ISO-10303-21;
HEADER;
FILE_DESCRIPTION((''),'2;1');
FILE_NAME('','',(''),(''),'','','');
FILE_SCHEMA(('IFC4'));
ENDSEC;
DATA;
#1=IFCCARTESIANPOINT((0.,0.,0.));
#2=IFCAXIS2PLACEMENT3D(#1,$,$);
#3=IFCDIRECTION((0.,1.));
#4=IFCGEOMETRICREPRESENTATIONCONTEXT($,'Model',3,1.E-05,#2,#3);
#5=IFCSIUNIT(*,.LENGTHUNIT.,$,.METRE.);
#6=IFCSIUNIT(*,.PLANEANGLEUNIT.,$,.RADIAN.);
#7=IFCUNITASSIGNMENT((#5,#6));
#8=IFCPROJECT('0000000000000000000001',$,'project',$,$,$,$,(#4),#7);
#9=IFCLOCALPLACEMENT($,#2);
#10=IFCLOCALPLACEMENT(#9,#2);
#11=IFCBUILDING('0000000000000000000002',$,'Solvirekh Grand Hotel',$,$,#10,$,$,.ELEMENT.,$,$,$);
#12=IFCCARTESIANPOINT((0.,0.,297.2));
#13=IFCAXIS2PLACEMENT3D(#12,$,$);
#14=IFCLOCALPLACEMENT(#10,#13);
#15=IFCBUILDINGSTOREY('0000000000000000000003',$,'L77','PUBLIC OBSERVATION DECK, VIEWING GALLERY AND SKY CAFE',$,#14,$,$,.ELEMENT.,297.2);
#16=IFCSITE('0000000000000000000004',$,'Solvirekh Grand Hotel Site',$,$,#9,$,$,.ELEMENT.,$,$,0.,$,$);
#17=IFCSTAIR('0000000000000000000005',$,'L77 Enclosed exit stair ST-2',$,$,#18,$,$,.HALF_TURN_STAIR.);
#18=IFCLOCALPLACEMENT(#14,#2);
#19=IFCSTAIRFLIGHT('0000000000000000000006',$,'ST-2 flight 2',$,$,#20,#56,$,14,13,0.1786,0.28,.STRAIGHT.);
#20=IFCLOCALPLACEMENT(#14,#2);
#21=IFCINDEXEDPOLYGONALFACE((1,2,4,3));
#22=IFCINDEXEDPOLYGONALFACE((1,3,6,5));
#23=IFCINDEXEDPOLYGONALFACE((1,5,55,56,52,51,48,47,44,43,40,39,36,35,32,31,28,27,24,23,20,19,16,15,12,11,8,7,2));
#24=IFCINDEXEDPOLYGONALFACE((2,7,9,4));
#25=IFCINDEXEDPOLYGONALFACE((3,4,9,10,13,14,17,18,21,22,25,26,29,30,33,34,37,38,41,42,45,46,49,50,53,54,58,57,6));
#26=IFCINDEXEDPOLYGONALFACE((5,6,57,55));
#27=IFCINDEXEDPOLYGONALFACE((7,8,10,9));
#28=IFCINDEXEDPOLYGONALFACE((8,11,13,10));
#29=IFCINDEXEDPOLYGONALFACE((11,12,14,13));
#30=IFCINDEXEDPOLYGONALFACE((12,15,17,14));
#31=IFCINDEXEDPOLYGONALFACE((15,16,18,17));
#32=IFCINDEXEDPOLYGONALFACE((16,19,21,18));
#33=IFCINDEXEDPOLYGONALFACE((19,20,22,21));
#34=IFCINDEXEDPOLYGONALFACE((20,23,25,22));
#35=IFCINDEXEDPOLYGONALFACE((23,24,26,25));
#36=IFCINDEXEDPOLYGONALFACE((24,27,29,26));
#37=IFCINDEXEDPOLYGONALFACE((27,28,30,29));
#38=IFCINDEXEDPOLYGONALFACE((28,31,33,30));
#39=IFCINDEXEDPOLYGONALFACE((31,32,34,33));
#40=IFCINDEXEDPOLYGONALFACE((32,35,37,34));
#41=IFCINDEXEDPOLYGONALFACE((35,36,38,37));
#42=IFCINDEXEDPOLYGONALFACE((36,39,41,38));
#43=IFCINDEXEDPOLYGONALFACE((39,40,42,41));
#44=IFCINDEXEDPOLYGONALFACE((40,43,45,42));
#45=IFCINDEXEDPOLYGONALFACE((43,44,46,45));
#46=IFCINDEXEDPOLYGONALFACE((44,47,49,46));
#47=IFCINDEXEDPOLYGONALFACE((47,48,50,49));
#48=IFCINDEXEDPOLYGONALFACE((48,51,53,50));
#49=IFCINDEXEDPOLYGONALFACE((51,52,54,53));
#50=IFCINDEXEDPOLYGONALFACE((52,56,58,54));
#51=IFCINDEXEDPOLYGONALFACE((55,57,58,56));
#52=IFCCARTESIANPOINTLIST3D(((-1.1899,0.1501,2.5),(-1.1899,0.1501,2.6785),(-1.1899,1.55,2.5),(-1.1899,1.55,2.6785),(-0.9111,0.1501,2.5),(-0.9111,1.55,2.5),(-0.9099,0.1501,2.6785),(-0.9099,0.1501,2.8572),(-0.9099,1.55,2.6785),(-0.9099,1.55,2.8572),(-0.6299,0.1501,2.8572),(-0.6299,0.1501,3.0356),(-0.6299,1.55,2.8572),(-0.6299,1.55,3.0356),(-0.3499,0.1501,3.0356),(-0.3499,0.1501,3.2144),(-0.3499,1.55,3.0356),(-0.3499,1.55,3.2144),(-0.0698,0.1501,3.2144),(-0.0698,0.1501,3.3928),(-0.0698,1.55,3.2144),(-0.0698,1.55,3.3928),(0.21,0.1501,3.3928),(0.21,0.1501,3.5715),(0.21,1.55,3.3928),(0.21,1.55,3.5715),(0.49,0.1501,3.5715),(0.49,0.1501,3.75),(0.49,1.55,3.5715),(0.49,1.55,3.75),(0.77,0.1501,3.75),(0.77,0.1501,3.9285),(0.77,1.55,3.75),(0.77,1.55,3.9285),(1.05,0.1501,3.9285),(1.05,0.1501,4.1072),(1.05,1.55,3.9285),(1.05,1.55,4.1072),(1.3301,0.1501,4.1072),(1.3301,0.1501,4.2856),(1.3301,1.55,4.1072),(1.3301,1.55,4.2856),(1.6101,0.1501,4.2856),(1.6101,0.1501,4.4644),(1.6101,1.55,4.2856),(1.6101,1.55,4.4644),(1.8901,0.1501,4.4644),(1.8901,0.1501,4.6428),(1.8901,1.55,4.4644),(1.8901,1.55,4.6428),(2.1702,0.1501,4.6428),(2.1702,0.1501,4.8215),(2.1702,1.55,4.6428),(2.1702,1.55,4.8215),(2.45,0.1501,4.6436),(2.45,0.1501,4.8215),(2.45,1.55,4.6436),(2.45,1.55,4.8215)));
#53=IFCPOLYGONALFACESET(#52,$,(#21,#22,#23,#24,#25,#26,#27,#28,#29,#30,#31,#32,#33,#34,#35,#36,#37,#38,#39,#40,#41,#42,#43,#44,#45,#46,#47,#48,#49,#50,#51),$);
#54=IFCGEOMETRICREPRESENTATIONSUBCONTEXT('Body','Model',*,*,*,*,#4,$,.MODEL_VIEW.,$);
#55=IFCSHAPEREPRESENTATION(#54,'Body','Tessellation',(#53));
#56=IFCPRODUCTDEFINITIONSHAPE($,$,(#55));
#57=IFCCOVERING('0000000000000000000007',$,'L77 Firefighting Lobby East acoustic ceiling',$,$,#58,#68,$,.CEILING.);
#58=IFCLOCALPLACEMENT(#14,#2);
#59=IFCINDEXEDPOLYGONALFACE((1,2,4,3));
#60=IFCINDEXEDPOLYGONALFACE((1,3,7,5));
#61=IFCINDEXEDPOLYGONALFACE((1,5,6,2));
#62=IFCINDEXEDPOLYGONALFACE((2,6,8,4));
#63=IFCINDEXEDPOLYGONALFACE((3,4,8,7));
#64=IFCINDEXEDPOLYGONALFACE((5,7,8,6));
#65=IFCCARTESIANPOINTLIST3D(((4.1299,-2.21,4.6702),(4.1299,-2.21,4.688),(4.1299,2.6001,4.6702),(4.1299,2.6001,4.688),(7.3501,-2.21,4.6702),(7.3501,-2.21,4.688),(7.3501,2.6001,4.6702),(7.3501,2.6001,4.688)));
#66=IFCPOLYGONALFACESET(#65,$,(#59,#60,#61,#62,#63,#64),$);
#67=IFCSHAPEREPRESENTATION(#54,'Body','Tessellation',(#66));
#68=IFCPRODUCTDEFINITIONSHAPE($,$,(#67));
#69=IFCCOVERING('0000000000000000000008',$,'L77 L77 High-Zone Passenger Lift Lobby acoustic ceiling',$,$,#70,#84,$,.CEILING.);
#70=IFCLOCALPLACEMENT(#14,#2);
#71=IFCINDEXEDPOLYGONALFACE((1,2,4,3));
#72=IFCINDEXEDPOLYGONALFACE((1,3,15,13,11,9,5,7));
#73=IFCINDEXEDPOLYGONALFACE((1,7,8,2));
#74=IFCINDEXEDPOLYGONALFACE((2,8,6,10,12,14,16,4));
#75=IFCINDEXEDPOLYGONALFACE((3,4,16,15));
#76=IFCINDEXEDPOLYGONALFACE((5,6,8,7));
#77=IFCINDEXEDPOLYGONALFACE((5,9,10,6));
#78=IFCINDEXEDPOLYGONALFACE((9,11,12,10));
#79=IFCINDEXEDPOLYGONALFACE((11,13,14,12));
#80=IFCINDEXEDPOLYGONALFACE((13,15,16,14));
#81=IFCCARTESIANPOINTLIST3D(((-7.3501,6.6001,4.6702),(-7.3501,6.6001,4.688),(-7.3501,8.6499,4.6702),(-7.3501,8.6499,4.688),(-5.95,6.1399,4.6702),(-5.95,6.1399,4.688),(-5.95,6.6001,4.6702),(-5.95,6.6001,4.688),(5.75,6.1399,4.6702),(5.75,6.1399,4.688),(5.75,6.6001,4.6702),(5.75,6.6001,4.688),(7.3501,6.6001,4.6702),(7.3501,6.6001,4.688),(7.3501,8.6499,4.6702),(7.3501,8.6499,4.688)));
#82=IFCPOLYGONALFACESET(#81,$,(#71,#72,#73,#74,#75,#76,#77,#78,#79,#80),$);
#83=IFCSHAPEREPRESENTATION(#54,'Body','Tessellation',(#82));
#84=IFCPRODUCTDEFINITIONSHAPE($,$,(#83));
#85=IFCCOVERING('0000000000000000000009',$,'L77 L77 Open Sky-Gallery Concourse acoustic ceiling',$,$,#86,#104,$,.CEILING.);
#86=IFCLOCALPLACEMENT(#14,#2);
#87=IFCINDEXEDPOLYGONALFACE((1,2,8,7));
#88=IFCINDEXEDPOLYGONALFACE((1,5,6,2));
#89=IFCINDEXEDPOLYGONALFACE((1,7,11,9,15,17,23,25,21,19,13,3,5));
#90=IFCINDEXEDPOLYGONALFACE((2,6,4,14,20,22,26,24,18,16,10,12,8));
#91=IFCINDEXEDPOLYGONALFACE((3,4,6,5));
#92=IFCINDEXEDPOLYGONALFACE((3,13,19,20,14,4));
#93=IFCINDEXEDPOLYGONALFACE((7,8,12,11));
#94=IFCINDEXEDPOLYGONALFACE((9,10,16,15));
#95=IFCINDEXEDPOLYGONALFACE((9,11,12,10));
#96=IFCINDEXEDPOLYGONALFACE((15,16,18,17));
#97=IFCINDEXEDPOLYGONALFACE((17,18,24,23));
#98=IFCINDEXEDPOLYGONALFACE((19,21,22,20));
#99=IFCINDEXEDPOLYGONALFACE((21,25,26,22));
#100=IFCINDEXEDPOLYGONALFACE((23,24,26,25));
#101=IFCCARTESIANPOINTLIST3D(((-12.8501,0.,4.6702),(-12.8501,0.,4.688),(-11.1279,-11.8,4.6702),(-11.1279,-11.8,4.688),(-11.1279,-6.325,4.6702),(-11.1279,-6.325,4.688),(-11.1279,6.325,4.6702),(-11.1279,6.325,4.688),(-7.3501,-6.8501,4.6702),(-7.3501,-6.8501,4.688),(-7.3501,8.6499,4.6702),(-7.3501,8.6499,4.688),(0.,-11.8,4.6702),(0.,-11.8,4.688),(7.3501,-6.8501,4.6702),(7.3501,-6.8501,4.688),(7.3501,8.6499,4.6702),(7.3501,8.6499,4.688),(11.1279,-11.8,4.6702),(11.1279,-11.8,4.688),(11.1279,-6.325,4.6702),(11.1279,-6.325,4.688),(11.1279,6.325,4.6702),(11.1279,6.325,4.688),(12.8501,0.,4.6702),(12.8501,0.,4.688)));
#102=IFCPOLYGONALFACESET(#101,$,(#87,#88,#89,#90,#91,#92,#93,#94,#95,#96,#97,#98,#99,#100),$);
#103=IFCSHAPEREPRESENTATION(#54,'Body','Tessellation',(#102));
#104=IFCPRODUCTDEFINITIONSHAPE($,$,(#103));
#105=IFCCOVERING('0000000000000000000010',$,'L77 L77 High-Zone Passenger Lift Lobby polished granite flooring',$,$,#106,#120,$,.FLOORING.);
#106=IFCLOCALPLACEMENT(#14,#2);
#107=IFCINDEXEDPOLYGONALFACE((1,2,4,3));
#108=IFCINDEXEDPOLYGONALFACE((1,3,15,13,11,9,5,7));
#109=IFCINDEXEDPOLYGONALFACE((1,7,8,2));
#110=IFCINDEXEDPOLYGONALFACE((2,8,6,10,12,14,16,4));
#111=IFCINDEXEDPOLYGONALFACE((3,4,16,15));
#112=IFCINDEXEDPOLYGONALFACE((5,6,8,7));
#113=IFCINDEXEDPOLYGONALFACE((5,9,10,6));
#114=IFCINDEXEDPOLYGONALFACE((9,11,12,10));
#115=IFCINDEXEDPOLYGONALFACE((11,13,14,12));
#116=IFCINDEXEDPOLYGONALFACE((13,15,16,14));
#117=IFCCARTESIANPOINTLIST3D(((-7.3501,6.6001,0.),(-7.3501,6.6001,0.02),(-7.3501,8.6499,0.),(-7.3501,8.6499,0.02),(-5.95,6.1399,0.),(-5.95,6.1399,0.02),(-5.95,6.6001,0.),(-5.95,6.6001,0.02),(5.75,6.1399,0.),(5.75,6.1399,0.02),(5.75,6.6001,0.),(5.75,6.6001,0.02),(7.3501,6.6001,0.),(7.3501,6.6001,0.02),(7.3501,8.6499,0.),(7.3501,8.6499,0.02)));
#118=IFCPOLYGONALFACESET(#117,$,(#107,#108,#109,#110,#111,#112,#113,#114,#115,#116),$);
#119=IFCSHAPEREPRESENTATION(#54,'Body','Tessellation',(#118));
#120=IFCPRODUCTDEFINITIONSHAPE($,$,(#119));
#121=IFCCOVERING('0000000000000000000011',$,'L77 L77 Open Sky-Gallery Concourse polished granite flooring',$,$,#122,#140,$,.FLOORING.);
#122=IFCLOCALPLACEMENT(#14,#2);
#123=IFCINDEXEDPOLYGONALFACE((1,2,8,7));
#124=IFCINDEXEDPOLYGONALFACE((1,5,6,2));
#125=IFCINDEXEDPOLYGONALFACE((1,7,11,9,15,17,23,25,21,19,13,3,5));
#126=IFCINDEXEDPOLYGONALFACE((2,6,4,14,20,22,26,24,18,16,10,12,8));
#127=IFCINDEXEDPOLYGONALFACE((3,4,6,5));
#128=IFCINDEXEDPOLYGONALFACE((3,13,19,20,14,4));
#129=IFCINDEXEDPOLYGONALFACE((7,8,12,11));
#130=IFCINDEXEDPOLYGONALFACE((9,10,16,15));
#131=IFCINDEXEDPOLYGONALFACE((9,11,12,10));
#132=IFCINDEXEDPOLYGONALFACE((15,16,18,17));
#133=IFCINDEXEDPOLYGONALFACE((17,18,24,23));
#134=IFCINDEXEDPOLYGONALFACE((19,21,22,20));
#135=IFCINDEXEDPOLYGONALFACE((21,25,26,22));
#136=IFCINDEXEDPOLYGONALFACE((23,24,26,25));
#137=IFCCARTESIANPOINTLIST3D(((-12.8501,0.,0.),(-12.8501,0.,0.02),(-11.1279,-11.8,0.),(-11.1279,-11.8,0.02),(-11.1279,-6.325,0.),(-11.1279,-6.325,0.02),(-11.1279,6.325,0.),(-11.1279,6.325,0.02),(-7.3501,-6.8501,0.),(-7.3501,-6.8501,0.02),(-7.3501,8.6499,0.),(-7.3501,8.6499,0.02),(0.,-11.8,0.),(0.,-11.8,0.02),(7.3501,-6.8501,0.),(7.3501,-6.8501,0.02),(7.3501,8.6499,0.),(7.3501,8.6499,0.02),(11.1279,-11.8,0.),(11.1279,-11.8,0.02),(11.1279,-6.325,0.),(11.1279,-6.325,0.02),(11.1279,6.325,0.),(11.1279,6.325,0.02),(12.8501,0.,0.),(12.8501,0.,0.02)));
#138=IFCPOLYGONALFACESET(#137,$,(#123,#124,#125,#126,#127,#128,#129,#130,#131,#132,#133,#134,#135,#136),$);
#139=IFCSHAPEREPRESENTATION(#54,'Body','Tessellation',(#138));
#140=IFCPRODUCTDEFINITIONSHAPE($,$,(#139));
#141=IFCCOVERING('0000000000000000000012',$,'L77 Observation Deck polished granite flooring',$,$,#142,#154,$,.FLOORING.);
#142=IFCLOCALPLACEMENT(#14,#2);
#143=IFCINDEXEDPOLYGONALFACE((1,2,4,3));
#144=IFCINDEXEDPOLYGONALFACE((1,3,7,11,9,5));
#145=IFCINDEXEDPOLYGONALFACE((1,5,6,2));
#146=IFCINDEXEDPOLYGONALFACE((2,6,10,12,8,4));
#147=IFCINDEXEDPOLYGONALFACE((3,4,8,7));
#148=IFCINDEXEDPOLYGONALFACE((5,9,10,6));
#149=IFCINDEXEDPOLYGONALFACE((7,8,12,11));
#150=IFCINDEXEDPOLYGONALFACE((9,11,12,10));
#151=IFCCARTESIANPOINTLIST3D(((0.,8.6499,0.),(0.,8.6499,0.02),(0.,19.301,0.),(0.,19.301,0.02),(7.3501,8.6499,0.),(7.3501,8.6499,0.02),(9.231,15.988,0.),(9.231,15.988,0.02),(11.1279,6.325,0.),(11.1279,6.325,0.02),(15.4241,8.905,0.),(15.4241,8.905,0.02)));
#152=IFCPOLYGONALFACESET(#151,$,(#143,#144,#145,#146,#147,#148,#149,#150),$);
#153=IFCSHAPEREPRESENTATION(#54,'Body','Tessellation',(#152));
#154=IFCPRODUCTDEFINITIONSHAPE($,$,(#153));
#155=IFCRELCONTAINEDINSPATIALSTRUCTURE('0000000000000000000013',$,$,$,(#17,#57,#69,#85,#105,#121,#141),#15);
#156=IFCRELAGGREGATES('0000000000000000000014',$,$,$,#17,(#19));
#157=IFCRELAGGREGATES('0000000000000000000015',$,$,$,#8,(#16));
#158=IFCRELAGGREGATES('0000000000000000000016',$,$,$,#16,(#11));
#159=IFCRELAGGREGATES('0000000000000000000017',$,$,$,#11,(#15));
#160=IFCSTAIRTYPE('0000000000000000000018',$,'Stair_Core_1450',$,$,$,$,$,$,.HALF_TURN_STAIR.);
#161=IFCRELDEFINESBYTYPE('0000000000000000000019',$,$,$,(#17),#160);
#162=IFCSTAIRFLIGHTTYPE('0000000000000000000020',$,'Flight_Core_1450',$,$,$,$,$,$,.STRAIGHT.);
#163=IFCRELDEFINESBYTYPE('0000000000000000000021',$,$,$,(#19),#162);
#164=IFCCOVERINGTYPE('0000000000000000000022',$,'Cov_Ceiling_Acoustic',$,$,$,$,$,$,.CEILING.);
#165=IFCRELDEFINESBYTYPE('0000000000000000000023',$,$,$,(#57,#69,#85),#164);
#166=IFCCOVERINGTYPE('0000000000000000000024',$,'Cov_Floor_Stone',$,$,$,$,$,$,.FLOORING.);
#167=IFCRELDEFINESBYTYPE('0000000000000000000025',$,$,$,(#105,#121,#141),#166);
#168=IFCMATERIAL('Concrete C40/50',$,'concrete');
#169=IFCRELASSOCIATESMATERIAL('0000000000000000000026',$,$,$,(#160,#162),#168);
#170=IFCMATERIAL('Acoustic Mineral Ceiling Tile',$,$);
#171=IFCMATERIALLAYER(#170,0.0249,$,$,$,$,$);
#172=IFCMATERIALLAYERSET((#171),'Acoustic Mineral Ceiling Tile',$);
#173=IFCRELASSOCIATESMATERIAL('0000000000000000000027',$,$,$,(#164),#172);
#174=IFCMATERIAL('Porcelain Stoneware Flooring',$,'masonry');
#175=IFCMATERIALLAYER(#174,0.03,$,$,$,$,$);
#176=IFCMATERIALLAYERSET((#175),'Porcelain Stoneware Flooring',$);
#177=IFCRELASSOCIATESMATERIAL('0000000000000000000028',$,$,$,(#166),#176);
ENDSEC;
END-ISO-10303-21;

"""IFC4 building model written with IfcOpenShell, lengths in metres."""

from ifc_helpers import new_model, si_unit, direction, frame, origin, place, context, subcontext, project, spatial, polyline, outline, extrude, material, layer, layer_set, type_object, element, aggregate, save


model = new_model("IFC4")

# Units and contexts
model_context = context("Model", 3, precision=1e-05, world=origin(), true_north=direction((0.0, 1.0)))
body_context = subcontext(model_context, "Body", "Model", "MODEL_VIEW")
ifc_project = project(units=[si_unit("LENGTHUNIT", "METRE"), si_unit("PLANEANGLEUNIT", "RADIAN")], contexts=[model_context])

# Site, building, storey
site_placement = place(None, origin())
site = spatial("IfcSite", under=ifc_project, at=site_placement, Name="Solvirekh Grand Hotel Site", CompositionType="ELEMENT", RefElevation=0.0)
building_placement = place(site_placement, origin())
building = spatial("IfcBuilding", under=site, at=building_placement, Name="Solvirekh Grand Hotel", CompositionType="ELEMENT")
storey_placement = place(building_placement, frame((0.0, 0.0, 297.2)))
storey = spatial("IfcBuildingStorey", under=building, at=storey_placement, Name="L77", Description="PUBLIC OBSERVATION DECK, VIEWING GALLERY AND SKY CAFE", CompositionType="ELEMENT", Elevation=297.2)

# Shared definitions
ifc_material_1 = material(Name="Concrete C40/50", Category="concrete")

# Stair, stair flight
stair_type = type_object("IfcStairType", Name="Stair_Core_1450", PredefinedType="HALF_TURN_STAIR", material=ifc_material_1)
stair_placement = place(storey_placement, origin())
stair = element("IfcStair", 1, at=stair_placement, inside=storey, type_object=stair_type, Name="L77 Enclosed exit stair ST-2", PredefinedType="HALF_TURN_STAIR")
stair_flight_type = type_object("IfcStairFlightType", Name="Flight_Core_1450", PredefinedType="STRAIGHT", material=ifc_material_1)
stair_flight_placement = place(storey_placement, frame((-1.1899, 0.8501, 2.5), z_axis=(0.0, 0.0, 1.0), x_axis=(1.0, 0.0, 0.0)))
stair_flight = element("IfcStairFlight", 2, at=stair_flight_placement, type_object=stair_flight_type, Name="ST-2 flight 2", NumberOfRisers=14, NumberOfTreads=13, PredefinedType="STRAIGHT", RiserHeight=0.1786, TreadLength=0.28, context=body_context, shape_type="SweptSolid", body=[
    extrude(outline(polyline([(0.0, 0.0), (0.0, 0.1785), (0.28, 0.1785), (0.28, 0.3572), (0.5601, 0.3572), (0.5601, 0.5356), (0.8401, 0.5356), (0.8401, 0.7144), (1.1201, 0.7144), (1.1201, 0.8928), (1.3999, 0.8928), (1.3999, 1.0715), (1.6799, 1.0715), (1.6799, 1.25), (1.96, 1.25), (1.96, 1.4285), (2.24, 1.4285), (2.24, 1.6072), (2.52, 1.6072), (2.52, 1.7856), (2.8, 1.7856), (2.8, 1.9644), (3.0801, 1.9644), (3.0801, 2.1428), (3.3601, 2.1428), (3.3601, 2.3215), (3.6399, 2.3215), (3.6399, 2.5), (3.6399, 2.1436), (0.2788, 0.0), (0.0, 0.0)])), frame((0.0, 0.7, 0.0), z_axis=(0.0, -1.0, 0.0), x_axis=(1.0, 0.0, 0.0)), (0.0, 0.0, 1.0), 1.3999),
])
aggregate(stair, [stair_flight])

# Coverings
ifc_material_2 = material(Name="Acoustic Mineral Ceiling Tile")
ifc_layer_1 = layer(ifc_material_2, 0.0249)
ifc_layer_set_1 = layer_set([ifc_layer_1], Name="Acoustic Mineral Ceiling Tile")
covering_type_1 = type_object("IfcCoveringType", Name="Cov_Ceiling_Acoustic", PredefinedType="CEILING", material=ifc_layer_set_1)
covering_1_placement = place(storey_placement, frame((0.0, 0.0, 4.6702)))
element("IfcCovering", 3, at=covering_1_placement, inside=storey, type_object=covering_type_1, Name="L77 Firefighting Lobby East acoustic ceiling", PredefinedType="CEILING", context=body_context, shape_type="SweptSolid", body=[
    extrude(outline(polyline([(4.1299, -2.21), (7.3501, -2.21), (7.3501, 2.6001), (4.1299, 2.6001), (4.1299, -2.21)])), origin(), (0.0, 0.0, 1.0), 0.0178),
])
covering_2_placement = place(storey_placement, frame((0.0, 0.0, 4.6702)))
element("IfcCovering", 4, at=covering_2_placement, inside=storey, type_object=covering_type_1, Name="L77 L77 High-Zone Passenger Lift Lobby acoustic ceiling", PredefinedType="CEILING", context=body_context, shape_type="SweptSolid", body=[
    extrude(outline(polyline([(-7.3501, 6.6001), (-5.95, 6.6001), (-5.95, 6.1399), (5.75, 6.1399), (5.75, 6.6001), (7.3501, 6.6001), (7.3501, 8.6499), (-7.3501, 8.6499), (-7.3501, 6.6001)])), origin(), (0.0, 0.0, 1.0), 0.0178),
])
covering_3_placement = place(storey_placement, frame((0.0, 0.0, 4.6702)))
element("IfcCovering", 5, at=covering_3_placement, inside=storey, type_object=covering_type_1, Name="L77 L77 Open Sky-Gallery Concourse acoustic ceiling", PredefinedType="CEILING", context=body_context, shape_type="SweptSolid", body=[
    extrude(outline(polyline([(-7.3501, -6.8501), (-7.3501, 8.6499), (-11.1279, 6.325), (-12.8501, 0.0), (-11.1279, -6.325), (-11.1279, -11.8), (0.0, -11.8), (11.1279, -11.8), (11.1279, -6.325), (12.8501, 0.0), (11.1279, 6.325), (7.3501, 8.6499), (7.3501, -6.8501), (-7.3501, -6.8501)])), origin(), (0.0, 0.0, 1.0), 0.0178),
])
ifc_material_3 = material(Name="Porcelain Stoneware Flooring", Category="masonry")
ifc_layer_2 = layer(ifc_material_3, 0.03)
ifc_layer_set_2 = layer_set([ifc_layer_2], Name="Porcelain Stoneware Flooring")
covering_type_2 = type_object("IfcCoveringType", Name="Cov_Floor_Stone", PredefinedType="FLOORING", material=ifc_layer_set_2)
covering_4_placement = place(storey_placement, origin())
element("IfcCovering", 6, at=covering_4_placement, inside=storey, type_object=covering_type_2, Name="L77 L77 High-Zone Passenger Lift Lobby polished granite flooring", PredefinedType="FLOORING", context=body_context, shape_type="SweptSolid", body=[
    extrude(outline(polyline([(-7.3501, 6.6001), (-5.95, 6.6001), (-5.95, 6.1399), (5.75, 6.1399), (5.75, 6.6001), (7.3501, 6.6001), (7.3501, 8.6499), (-7.3501, 8.6499), (-7.3501, 6.6001)])), origin(), (0.0, 0.0, 1.0), 0.02),
])
covering_5_placement = place(storey_placement, origin())
element("IfcCovering", 7, at=covering_5_placement, inside=storey, type_object=covering_type_2, Name="L77 L77 Open Sky-Gallery Concourse polished granite flooring", PredefinedType="FLOORING", context=body_context, shape_type="SweptSolid", body=[
    extrude(outline(polyline([(-7.3501, -6.8501), (-7.3501, 8.6499), (-11.1279, 6.325), (-12.8501, 0.0), (-11.1279, -6.325), (-11.1279, -11.8), (0.0, -11.8), (11.1279, -11.8), (11.1279, -6.325), (12.8501, 0.0), (11.1279, 6.325), (7.3501, 8.6499), (7.3501, -6.8501), (-7.3501, -6.8501)])), origin(), (0.0, 0.0, 1.0), 0.02),
])
covering_6_placement = place(storey_placement, origin())
element("IfcCovering", 8, at=covering_6_placement, inside=storey, type_object=covering_type_2, Name="L77 Observation Deck polished granite flooring", PredefinedType="FLOORING", context=body_context, shape_type="SweptSolid", body=[
    extrude(outline(polyline([(0.0, 8.6499), (7.3501, 8.6499), (11.1279, 6.325), (15.4241, 8.905), (9.231, 15.988), (0.0, 19.301), (0.0, 8.6499)])), origin(), (0.0, 0.0, 1.0), 0.02),
])

save(model, "model.ifc")
